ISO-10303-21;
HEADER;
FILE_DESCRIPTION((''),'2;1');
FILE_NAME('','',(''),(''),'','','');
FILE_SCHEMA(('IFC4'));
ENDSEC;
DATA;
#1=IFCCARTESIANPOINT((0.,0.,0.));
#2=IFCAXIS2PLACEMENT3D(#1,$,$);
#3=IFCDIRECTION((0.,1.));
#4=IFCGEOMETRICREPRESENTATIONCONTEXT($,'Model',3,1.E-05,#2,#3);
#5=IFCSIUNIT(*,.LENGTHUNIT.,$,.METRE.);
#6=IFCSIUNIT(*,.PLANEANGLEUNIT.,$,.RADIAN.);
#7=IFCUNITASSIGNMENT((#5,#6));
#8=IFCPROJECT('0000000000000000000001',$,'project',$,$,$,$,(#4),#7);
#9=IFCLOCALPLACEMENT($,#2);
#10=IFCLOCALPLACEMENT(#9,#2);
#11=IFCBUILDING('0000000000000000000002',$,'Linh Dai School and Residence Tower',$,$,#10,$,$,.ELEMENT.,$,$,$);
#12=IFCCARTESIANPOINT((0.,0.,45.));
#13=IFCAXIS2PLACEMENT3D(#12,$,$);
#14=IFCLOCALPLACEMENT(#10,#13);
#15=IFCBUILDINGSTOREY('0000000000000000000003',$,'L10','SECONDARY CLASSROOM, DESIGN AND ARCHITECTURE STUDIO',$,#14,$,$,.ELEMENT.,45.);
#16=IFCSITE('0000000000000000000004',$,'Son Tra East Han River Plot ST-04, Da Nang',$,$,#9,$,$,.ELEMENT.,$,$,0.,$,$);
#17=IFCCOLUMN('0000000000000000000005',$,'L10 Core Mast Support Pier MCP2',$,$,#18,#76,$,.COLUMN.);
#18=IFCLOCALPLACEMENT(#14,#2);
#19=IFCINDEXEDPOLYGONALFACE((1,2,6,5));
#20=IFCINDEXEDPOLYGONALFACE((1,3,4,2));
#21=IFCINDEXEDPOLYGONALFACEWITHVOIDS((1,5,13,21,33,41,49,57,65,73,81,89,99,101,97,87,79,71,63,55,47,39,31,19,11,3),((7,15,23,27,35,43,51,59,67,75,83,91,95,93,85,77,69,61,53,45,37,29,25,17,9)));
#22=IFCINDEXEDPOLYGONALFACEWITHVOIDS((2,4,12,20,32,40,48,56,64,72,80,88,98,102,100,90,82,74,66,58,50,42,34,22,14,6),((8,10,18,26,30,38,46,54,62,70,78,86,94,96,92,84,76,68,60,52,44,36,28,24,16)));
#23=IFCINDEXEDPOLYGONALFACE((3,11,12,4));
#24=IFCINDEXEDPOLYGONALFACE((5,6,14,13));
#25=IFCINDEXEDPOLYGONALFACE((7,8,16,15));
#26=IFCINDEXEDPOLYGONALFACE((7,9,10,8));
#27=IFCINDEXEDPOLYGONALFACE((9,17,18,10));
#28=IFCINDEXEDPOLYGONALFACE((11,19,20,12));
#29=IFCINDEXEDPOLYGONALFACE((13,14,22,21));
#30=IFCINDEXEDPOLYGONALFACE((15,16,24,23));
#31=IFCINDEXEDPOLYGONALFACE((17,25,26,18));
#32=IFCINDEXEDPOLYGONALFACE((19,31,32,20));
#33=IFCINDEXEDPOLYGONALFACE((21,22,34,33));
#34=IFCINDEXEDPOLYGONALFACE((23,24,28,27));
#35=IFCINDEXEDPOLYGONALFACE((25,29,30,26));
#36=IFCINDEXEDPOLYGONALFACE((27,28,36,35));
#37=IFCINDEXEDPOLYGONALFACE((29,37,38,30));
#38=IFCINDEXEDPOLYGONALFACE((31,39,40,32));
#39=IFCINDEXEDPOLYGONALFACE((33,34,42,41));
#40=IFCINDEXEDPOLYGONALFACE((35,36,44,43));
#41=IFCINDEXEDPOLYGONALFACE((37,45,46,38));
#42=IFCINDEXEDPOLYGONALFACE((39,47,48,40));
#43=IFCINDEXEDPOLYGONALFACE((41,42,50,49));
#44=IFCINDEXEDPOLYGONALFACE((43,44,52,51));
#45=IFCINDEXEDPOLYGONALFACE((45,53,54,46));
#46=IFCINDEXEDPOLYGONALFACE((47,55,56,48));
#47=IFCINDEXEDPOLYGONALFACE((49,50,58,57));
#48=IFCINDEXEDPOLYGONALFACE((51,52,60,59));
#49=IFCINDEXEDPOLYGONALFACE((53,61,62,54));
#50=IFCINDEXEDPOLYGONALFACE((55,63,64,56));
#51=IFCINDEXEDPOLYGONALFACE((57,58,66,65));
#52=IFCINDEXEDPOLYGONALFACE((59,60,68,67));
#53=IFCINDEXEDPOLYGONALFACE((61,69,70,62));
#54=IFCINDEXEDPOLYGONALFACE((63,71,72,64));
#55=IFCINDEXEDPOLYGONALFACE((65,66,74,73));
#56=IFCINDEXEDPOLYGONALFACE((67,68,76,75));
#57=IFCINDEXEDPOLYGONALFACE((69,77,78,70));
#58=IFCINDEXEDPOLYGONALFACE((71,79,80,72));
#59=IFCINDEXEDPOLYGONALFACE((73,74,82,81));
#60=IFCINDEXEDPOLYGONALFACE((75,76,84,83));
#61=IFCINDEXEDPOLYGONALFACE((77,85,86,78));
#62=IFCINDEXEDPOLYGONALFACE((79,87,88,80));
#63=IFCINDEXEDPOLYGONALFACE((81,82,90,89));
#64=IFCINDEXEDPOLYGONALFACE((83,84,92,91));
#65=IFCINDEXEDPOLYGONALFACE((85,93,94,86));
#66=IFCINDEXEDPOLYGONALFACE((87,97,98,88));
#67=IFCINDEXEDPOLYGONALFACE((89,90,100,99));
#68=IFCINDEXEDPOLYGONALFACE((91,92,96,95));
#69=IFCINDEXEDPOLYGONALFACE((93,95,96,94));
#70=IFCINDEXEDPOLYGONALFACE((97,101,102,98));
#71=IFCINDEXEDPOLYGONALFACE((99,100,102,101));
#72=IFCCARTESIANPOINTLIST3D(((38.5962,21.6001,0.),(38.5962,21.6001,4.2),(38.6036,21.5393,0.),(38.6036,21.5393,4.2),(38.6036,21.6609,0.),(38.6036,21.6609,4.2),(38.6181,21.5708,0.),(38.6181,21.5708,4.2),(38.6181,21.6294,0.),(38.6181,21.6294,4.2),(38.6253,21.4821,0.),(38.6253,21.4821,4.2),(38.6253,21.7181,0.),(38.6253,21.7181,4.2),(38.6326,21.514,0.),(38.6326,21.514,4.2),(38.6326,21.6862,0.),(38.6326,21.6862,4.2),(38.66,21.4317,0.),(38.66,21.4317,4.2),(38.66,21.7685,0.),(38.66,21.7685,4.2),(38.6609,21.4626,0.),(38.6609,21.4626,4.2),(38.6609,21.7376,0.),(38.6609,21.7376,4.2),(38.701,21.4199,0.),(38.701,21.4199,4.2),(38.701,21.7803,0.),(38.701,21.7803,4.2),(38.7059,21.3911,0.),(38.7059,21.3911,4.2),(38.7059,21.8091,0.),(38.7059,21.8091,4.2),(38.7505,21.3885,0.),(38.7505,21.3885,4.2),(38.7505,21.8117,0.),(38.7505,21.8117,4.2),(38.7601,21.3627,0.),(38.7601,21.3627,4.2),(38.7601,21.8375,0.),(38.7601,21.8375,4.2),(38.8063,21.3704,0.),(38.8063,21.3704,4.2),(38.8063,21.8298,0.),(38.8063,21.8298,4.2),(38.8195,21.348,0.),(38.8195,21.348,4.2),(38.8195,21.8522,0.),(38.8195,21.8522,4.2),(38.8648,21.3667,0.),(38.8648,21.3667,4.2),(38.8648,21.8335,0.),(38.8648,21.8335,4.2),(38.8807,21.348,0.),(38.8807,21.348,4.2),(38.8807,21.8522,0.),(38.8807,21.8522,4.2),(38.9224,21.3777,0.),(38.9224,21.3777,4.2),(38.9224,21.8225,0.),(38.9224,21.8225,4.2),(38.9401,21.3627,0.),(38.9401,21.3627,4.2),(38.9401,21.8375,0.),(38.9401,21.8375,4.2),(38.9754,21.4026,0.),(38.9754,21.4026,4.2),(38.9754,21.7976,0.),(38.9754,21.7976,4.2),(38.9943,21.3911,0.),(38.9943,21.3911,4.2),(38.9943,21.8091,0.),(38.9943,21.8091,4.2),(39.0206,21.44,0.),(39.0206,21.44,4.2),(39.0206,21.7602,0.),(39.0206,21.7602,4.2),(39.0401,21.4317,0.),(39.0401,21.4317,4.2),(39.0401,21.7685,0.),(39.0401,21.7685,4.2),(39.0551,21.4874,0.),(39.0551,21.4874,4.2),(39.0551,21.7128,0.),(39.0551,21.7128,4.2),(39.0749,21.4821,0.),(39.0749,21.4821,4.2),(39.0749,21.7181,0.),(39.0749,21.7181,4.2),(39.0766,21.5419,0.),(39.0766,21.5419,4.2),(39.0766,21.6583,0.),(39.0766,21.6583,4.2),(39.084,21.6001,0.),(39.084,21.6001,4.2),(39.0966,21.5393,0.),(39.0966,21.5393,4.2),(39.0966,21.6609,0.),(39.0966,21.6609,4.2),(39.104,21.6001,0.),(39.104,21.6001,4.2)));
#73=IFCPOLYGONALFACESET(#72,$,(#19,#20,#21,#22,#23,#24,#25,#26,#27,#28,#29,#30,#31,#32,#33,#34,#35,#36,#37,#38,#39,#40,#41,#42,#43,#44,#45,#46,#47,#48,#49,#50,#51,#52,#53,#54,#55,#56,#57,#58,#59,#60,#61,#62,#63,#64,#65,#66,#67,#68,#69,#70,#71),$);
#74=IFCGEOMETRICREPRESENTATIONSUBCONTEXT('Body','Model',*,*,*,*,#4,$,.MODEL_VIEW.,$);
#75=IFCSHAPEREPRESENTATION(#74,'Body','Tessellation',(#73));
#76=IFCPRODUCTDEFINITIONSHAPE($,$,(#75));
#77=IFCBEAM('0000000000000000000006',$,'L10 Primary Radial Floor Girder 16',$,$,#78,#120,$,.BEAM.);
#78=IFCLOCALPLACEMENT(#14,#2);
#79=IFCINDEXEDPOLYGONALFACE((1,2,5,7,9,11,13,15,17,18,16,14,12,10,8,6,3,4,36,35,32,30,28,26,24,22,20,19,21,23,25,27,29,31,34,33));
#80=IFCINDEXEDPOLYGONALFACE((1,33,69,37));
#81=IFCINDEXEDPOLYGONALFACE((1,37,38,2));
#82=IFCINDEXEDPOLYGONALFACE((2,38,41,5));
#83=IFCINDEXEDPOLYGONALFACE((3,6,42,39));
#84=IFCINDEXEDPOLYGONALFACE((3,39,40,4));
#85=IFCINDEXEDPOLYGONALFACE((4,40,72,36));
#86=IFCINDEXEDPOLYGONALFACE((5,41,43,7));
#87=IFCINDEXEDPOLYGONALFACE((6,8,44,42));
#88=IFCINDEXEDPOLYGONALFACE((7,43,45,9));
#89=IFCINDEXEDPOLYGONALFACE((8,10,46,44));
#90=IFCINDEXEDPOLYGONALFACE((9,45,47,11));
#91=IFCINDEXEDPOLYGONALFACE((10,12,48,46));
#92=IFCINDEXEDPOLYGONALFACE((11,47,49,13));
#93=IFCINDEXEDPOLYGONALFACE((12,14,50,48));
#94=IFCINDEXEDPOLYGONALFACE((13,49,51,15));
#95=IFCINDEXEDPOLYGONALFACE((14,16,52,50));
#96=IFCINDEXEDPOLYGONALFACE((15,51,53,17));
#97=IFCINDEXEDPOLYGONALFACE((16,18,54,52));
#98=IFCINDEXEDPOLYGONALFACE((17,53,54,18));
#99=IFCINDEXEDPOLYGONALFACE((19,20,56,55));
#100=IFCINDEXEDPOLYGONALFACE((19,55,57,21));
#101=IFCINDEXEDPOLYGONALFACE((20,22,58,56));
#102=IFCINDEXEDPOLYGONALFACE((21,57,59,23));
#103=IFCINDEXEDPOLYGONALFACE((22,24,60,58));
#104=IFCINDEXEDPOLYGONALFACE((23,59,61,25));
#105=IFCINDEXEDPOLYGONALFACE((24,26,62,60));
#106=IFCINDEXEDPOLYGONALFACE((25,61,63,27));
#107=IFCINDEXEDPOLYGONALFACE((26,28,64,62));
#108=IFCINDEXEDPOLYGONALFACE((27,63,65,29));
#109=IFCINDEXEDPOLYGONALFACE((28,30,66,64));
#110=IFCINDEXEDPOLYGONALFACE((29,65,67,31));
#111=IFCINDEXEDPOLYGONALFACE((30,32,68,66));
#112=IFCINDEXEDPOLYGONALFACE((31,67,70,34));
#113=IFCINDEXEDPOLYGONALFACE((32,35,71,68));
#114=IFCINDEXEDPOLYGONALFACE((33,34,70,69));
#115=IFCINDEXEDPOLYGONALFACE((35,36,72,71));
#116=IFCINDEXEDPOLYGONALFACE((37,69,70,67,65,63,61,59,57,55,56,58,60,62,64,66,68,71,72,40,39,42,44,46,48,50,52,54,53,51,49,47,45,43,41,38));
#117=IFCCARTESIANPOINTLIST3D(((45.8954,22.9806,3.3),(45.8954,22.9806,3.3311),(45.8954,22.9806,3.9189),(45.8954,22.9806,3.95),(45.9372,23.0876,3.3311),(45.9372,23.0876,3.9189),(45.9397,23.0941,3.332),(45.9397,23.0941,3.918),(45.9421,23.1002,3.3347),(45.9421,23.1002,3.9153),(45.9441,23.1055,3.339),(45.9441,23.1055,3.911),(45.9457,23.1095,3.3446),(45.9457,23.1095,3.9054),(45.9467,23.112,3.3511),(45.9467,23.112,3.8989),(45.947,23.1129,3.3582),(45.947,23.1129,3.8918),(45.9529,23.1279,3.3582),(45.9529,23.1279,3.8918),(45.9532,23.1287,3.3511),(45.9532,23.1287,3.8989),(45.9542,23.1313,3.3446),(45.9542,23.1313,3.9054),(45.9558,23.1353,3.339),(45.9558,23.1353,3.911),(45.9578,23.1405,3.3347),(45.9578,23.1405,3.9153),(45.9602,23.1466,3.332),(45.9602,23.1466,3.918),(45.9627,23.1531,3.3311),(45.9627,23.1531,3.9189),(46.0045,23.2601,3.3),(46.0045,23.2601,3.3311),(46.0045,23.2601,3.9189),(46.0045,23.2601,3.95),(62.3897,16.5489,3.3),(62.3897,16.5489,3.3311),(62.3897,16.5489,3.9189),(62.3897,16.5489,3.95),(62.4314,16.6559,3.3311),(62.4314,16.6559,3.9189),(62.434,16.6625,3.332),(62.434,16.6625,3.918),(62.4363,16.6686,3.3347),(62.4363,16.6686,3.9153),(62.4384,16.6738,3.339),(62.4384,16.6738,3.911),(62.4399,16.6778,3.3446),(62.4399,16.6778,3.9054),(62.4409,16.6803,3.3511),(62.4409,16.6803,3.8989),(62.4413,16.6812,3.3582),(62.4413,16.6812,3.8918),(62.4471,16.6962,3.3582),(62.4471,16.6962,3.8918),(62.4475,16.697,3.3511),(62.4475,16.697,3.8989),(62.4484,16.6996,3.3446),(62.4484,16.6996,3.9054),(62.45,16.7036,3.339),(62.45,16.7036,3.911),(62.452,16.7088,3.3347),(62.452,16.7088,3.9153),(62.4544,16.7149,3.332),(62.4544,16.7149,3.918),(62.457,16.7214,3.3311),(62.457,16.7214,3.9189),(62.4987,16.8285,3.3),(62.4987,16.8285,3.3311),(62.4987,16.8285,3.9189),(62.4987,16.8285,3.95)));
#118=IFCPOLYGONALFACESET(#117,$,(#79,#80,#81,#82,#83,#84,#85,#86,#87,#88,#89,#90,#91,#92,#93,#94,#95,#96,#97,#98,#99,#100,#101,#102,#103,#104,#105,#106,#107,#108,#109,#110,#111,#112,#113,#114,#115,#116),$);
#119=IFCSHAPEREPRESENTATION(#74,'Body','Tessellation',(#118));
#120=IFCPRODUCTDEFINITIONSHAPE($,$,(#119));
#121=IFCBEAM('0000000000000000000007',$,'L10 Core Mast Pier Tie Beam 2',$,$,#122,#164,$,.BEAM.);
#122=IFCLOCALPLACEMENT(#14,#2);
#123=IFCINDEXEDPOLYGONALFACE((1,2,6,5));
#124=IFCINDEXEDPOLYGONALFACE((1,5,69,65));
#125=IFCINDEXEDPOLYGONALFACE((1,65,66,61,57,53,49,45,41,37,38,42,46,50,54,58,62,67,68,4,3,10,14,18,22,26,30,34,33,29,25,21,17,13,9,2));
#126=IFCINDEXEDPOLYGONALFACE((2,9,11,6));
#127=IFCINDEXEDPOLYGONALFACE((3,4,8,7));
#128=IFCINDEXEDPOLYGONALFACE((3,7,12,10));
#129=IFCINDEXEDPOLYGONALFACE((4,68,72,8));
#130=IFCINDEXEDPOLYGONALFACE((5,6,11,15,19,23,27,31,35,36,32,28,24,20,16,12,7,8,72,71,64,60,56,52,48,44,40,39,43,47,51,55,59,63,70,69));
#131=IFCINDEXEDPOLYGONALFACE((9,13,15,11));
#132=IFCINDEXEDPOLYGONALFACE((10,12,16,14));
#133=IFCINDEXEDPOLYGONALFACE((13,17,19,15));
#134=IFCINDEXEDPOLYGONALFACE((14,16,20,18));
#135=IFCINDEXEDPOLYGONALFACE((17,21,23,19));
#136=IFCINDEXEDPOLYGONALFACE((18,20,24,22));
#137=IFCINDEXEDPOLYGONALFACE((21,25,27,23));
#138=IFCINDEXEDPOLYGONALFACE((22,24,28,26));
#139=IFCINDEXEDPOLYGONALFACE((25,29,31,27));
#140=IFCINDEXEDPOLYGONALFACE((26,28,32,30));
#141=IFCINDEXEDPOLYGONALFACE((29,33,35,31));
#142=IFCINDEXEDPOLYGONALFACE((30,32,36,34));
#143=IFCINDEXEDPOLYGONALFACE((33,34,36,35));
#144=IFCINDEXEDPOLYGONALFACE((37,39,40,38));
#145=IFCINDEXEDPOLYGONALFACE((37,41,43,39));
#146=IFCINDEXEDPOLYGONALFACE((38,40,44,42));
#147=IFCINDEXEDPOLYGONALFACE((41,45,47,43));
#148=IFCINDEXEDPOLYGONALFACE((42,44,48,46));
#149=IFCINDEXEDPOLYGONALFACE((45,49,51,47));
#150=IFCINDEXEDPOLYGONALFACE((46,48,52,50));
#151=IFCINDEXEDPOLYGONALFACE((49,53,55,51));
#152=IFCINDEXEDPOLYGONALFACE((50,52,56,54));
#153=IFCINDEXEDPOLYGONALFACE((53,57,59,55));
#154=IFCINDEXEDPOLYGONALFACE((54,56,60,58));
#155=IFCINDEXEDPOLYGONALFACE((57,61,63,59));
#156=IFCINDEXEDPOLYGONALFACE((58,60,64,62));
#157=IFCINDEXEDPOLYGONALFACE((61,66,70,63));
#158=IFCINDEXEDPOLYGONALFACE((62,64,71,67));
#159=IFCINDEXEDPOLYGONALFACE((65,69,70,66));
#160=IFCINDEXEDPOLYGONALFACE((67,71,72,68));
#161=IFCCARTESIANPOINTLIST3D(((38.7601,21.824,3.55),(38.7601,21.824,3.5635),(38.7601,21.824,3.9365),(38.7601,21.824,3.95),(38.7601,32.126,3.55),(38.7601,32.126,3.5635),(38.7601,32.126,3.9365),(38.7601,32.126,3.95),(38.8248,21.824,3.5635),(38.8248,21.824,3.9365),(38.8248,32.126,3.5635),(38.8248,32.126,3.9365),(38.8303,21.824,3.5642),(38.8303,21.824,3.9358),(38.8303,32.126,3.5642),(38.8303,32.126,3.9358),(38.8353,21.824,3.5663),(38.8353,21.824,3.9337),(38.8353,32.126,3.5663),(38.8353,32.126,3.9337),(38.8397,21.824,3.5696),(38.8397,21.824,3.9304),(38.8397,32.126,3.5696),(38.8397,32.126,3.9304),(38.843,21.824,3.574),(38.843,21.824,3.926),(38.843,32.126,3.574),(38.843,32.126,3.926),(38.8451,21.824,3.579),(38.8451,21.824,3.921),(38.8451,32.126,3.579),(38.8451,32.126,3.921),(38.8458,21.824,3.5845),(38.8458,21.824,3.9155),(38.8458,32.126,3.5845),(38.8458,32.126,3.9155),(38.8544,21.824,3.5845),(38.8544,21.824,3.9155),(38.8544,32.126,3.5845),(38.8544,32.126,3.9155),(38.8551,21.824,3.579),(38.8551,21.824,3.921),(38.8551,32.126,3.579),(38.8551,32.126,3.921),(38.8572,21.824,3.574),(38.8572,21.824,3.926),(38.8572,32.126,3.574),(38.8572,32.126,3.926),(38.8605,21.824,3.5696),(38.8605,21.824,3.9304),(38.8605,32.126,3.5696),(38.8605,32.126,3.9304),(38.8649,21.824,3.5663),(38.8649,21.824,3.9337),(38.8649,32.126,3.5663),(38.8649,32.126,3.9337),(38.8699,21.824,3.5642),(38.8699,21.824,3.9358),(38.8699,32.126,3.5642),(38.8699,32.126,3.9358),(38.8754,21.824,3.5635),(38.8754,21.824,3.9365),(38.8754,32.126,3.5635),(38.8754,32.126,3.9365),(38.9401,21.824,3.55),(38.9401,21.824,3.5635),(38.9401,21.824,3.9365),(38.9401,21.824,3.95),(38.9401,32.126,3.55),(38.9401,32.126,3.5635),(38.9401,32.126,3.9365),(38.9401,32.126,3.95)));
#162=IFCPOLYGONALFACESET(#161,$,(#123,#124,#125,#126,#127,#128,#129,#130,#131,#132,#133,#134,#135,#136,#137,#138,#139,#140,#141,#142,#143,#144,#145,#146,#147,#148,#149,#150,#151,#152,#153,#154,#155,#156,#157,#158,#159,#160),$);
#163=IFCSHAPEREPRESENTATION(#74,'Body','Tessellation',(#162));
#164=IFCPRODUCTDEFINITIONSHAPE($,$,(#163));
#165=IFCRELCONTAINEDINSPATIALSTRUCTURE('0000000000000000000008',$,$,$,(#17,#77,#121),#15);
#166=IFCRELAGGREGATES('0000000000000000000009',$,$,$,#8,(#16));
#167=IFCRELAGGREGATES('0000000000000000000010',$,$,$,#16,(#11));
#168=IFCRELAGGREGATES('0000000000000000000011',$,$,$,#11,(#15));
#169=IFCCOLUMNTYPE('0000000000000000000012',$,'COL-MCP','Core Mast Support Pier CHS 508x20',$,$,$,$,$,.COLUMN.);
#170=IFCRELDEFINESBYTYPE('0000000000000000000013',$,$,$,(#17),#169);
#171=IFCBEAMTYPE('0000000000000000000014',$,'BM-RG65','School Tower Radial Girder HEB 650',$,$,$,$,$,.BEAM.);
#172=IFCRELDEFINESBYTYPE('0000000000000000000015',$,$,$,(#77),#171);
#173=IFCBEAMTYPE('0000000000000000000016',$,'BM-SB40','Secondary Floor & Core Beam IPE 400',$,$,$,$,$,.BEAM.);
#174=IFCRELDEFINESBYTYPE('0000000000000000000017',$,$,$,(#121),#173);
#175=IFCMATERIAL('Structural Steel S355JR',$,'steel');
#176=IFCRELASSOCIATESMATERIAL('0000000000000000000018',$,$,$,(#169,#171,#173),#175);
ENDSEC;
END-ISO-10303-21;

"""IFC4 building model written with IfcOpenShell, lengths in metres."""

from ifc_helpers import new_model, si_unit, direction, frame, origin, origin_2d, place, context, subcontext, project, spatial, hollow_circle, i_section, extrude, material, material_profile, profile_set, type_object, element, save


model = new_model("IFC4")

# Units and contexts
model_context = context("Model", 3, precision=1e-05, world=origin(), true_north=direction((0.0, 1.0)))
body_context = subcontext(model_context, "Body", "Model", "MODEL_VIEW")
ifc_project = project(units=[si_unit("LENGTHUNIT", "METRE"), si_unit("PLANEANGLEUNIT", "RADIAN")], contexts=[model_context])

# Site, building, storey
site_placement = place(None, origin())
site = spatial("IfcSite", under=ifc_project, at=site_placement, Name="Son Tra East Han River Plot ST-04, Da Nang", CompositionType="ELEMENT", RefElevation=0.0)
building_placement = place(site_placement, origin())
building = spatial("IfcBuilding", under=site, at=building_placement, Name="Linh Dai School and Residence Tower", CompositionType="ELEMENT")
storey_placement = place(building_placement, frame((0.0, 0.0, 45.0)))
storey = spatial("IfcBuildingStorey", under=building, at=storey_placement, Name="L10", Description="SECONDARY CLASSROOM, DESIGN AND ARCHITECTURE STUDIO", CompositionType="ELEMENT", Elevation=45.0)

# Column
ifc_material_1 = material(Name="Structural Steel S355JR", Category="steel")
ifc_material_profile_1 = material_profile(ifc_material_1, hollow_circle(Radius=0.2539, WallThickness=0.02, at=origin_2d()), Name="CHS 508x20")
ifc_profile_set_1 = profile_set([ifc_material_profile_1], Name="Structural Steel S355JR")
column_type_1 = type_object("IfcColumnType", Name="COL-MCP", Description="Core Mast Support Pier CHS 508x20", PredefinedType="COLUMN", material=ifc_profile_set_1)
column_placement = place(storey_placement, frame((38.8501, 21.6001, 0.0), z_axis=(0.0, 0.0, 1.0), x_axis=(1.0, 0.0, 0.0)))
element("IfcColumn", 1, at=column_placement, inside=storey, type_object=column_type_1, Name="L10 Core Mast Support Pier MCP2", PredefinedType="COLUMN", context=body_context, shape_type="SweptSolid", body=[
    extrude(hollow_circle(Radius=0.2539, WallThickness=0.02, at=origin_2d()), origin(), (0.0, 0.0, 1.0), 4.2),
])

# Beams
ifc_material_profile_2 = material_profile(ifc_material_1, i_section(OverallWidth=0.3, OverallDepth=0.6499, WebThickness=0.0161, FlangeThickness=0.031, FilletRadius=0.0271, at=origin_2d()), Name="HEB 650")
ifc_profile_set_2 = profile_set([ifc_material_profile_2], Name="Structural Steel S355JR")
beam_type_1 = type_object("IfcBeamType", Name="BM-RG65", Description="School Tower Radial Girder HEB 650", PredefinedType="BEAM", material=ifc_profile_set_2)
beam_1_placement = place(storey_placement, frame((45.95, 23.1204, 3.625), z_axis=(0.931675, -0.363293, 0.0), x_axis=(0.363293, 0.931675, 0.0)))
element("IfcBeam", 2, at=beam_1_placement, inside=storey, type_object=beam_type_1, Name="L10 Primary Radial Floor Girder 16", PredefinedType="BEAM", context=body_context, shape_type="SweptSolid", body=[
    extrude(i_section(OverallWidth=0.3, OverallDepth=0.6499, WebThickness=0.0161, FlangeThickness=0.031, FilletRadius=0.0271, at=origin_2d()), origin(), (0.0, 0.0, 1.0), 17.7039),
])
ifc_material_profile_3 = material_profile(ifc_material_1, i_section(OverallWidth=0.1799, OverallDepth=0.3999, WebThickness=0.0085, FlangeThickness=0.0134, FilletRadius=0.021, at=origin_2d()), Name="IPE 400")
ifc_profile_set_3 = profile_set([ifc_material_profile_3], Name="Structural Steel S355JR")
beam_type_2 = type_object("IfcBeamType", Name="BM-SB40", Description="Secondary Floor & Core Beam IPE 400", PredefinedType="BEAM", material=ifc_profile_set_3)
beam_2_placement = place(storey_placement, frame((38.8501, 21.824, 3.75), z_axis=(0.0, 1.0, 0.0), x_axis=(-1.0, 0.0, 0.0)))
element("IfcBeam", 3, at=beam_2_placement, inside=storey, type_object=beam_type_2, Name="L10 Core Mast Pier Tie Beam 2", PredefinedType="BEAM", context=body_context, shape_type="SweptSolid", body=[
    extrude(i_section(OverallWidth=0.1799, OverallDepth=0.3999, WebThickness=0.0085, FlangeThickness=0.0134, FilletRadius=0.021, at=origin_2d()), origin(), (0.0, 0.0, 1.0), 10.302),
])

save(model, "model.ifc")
